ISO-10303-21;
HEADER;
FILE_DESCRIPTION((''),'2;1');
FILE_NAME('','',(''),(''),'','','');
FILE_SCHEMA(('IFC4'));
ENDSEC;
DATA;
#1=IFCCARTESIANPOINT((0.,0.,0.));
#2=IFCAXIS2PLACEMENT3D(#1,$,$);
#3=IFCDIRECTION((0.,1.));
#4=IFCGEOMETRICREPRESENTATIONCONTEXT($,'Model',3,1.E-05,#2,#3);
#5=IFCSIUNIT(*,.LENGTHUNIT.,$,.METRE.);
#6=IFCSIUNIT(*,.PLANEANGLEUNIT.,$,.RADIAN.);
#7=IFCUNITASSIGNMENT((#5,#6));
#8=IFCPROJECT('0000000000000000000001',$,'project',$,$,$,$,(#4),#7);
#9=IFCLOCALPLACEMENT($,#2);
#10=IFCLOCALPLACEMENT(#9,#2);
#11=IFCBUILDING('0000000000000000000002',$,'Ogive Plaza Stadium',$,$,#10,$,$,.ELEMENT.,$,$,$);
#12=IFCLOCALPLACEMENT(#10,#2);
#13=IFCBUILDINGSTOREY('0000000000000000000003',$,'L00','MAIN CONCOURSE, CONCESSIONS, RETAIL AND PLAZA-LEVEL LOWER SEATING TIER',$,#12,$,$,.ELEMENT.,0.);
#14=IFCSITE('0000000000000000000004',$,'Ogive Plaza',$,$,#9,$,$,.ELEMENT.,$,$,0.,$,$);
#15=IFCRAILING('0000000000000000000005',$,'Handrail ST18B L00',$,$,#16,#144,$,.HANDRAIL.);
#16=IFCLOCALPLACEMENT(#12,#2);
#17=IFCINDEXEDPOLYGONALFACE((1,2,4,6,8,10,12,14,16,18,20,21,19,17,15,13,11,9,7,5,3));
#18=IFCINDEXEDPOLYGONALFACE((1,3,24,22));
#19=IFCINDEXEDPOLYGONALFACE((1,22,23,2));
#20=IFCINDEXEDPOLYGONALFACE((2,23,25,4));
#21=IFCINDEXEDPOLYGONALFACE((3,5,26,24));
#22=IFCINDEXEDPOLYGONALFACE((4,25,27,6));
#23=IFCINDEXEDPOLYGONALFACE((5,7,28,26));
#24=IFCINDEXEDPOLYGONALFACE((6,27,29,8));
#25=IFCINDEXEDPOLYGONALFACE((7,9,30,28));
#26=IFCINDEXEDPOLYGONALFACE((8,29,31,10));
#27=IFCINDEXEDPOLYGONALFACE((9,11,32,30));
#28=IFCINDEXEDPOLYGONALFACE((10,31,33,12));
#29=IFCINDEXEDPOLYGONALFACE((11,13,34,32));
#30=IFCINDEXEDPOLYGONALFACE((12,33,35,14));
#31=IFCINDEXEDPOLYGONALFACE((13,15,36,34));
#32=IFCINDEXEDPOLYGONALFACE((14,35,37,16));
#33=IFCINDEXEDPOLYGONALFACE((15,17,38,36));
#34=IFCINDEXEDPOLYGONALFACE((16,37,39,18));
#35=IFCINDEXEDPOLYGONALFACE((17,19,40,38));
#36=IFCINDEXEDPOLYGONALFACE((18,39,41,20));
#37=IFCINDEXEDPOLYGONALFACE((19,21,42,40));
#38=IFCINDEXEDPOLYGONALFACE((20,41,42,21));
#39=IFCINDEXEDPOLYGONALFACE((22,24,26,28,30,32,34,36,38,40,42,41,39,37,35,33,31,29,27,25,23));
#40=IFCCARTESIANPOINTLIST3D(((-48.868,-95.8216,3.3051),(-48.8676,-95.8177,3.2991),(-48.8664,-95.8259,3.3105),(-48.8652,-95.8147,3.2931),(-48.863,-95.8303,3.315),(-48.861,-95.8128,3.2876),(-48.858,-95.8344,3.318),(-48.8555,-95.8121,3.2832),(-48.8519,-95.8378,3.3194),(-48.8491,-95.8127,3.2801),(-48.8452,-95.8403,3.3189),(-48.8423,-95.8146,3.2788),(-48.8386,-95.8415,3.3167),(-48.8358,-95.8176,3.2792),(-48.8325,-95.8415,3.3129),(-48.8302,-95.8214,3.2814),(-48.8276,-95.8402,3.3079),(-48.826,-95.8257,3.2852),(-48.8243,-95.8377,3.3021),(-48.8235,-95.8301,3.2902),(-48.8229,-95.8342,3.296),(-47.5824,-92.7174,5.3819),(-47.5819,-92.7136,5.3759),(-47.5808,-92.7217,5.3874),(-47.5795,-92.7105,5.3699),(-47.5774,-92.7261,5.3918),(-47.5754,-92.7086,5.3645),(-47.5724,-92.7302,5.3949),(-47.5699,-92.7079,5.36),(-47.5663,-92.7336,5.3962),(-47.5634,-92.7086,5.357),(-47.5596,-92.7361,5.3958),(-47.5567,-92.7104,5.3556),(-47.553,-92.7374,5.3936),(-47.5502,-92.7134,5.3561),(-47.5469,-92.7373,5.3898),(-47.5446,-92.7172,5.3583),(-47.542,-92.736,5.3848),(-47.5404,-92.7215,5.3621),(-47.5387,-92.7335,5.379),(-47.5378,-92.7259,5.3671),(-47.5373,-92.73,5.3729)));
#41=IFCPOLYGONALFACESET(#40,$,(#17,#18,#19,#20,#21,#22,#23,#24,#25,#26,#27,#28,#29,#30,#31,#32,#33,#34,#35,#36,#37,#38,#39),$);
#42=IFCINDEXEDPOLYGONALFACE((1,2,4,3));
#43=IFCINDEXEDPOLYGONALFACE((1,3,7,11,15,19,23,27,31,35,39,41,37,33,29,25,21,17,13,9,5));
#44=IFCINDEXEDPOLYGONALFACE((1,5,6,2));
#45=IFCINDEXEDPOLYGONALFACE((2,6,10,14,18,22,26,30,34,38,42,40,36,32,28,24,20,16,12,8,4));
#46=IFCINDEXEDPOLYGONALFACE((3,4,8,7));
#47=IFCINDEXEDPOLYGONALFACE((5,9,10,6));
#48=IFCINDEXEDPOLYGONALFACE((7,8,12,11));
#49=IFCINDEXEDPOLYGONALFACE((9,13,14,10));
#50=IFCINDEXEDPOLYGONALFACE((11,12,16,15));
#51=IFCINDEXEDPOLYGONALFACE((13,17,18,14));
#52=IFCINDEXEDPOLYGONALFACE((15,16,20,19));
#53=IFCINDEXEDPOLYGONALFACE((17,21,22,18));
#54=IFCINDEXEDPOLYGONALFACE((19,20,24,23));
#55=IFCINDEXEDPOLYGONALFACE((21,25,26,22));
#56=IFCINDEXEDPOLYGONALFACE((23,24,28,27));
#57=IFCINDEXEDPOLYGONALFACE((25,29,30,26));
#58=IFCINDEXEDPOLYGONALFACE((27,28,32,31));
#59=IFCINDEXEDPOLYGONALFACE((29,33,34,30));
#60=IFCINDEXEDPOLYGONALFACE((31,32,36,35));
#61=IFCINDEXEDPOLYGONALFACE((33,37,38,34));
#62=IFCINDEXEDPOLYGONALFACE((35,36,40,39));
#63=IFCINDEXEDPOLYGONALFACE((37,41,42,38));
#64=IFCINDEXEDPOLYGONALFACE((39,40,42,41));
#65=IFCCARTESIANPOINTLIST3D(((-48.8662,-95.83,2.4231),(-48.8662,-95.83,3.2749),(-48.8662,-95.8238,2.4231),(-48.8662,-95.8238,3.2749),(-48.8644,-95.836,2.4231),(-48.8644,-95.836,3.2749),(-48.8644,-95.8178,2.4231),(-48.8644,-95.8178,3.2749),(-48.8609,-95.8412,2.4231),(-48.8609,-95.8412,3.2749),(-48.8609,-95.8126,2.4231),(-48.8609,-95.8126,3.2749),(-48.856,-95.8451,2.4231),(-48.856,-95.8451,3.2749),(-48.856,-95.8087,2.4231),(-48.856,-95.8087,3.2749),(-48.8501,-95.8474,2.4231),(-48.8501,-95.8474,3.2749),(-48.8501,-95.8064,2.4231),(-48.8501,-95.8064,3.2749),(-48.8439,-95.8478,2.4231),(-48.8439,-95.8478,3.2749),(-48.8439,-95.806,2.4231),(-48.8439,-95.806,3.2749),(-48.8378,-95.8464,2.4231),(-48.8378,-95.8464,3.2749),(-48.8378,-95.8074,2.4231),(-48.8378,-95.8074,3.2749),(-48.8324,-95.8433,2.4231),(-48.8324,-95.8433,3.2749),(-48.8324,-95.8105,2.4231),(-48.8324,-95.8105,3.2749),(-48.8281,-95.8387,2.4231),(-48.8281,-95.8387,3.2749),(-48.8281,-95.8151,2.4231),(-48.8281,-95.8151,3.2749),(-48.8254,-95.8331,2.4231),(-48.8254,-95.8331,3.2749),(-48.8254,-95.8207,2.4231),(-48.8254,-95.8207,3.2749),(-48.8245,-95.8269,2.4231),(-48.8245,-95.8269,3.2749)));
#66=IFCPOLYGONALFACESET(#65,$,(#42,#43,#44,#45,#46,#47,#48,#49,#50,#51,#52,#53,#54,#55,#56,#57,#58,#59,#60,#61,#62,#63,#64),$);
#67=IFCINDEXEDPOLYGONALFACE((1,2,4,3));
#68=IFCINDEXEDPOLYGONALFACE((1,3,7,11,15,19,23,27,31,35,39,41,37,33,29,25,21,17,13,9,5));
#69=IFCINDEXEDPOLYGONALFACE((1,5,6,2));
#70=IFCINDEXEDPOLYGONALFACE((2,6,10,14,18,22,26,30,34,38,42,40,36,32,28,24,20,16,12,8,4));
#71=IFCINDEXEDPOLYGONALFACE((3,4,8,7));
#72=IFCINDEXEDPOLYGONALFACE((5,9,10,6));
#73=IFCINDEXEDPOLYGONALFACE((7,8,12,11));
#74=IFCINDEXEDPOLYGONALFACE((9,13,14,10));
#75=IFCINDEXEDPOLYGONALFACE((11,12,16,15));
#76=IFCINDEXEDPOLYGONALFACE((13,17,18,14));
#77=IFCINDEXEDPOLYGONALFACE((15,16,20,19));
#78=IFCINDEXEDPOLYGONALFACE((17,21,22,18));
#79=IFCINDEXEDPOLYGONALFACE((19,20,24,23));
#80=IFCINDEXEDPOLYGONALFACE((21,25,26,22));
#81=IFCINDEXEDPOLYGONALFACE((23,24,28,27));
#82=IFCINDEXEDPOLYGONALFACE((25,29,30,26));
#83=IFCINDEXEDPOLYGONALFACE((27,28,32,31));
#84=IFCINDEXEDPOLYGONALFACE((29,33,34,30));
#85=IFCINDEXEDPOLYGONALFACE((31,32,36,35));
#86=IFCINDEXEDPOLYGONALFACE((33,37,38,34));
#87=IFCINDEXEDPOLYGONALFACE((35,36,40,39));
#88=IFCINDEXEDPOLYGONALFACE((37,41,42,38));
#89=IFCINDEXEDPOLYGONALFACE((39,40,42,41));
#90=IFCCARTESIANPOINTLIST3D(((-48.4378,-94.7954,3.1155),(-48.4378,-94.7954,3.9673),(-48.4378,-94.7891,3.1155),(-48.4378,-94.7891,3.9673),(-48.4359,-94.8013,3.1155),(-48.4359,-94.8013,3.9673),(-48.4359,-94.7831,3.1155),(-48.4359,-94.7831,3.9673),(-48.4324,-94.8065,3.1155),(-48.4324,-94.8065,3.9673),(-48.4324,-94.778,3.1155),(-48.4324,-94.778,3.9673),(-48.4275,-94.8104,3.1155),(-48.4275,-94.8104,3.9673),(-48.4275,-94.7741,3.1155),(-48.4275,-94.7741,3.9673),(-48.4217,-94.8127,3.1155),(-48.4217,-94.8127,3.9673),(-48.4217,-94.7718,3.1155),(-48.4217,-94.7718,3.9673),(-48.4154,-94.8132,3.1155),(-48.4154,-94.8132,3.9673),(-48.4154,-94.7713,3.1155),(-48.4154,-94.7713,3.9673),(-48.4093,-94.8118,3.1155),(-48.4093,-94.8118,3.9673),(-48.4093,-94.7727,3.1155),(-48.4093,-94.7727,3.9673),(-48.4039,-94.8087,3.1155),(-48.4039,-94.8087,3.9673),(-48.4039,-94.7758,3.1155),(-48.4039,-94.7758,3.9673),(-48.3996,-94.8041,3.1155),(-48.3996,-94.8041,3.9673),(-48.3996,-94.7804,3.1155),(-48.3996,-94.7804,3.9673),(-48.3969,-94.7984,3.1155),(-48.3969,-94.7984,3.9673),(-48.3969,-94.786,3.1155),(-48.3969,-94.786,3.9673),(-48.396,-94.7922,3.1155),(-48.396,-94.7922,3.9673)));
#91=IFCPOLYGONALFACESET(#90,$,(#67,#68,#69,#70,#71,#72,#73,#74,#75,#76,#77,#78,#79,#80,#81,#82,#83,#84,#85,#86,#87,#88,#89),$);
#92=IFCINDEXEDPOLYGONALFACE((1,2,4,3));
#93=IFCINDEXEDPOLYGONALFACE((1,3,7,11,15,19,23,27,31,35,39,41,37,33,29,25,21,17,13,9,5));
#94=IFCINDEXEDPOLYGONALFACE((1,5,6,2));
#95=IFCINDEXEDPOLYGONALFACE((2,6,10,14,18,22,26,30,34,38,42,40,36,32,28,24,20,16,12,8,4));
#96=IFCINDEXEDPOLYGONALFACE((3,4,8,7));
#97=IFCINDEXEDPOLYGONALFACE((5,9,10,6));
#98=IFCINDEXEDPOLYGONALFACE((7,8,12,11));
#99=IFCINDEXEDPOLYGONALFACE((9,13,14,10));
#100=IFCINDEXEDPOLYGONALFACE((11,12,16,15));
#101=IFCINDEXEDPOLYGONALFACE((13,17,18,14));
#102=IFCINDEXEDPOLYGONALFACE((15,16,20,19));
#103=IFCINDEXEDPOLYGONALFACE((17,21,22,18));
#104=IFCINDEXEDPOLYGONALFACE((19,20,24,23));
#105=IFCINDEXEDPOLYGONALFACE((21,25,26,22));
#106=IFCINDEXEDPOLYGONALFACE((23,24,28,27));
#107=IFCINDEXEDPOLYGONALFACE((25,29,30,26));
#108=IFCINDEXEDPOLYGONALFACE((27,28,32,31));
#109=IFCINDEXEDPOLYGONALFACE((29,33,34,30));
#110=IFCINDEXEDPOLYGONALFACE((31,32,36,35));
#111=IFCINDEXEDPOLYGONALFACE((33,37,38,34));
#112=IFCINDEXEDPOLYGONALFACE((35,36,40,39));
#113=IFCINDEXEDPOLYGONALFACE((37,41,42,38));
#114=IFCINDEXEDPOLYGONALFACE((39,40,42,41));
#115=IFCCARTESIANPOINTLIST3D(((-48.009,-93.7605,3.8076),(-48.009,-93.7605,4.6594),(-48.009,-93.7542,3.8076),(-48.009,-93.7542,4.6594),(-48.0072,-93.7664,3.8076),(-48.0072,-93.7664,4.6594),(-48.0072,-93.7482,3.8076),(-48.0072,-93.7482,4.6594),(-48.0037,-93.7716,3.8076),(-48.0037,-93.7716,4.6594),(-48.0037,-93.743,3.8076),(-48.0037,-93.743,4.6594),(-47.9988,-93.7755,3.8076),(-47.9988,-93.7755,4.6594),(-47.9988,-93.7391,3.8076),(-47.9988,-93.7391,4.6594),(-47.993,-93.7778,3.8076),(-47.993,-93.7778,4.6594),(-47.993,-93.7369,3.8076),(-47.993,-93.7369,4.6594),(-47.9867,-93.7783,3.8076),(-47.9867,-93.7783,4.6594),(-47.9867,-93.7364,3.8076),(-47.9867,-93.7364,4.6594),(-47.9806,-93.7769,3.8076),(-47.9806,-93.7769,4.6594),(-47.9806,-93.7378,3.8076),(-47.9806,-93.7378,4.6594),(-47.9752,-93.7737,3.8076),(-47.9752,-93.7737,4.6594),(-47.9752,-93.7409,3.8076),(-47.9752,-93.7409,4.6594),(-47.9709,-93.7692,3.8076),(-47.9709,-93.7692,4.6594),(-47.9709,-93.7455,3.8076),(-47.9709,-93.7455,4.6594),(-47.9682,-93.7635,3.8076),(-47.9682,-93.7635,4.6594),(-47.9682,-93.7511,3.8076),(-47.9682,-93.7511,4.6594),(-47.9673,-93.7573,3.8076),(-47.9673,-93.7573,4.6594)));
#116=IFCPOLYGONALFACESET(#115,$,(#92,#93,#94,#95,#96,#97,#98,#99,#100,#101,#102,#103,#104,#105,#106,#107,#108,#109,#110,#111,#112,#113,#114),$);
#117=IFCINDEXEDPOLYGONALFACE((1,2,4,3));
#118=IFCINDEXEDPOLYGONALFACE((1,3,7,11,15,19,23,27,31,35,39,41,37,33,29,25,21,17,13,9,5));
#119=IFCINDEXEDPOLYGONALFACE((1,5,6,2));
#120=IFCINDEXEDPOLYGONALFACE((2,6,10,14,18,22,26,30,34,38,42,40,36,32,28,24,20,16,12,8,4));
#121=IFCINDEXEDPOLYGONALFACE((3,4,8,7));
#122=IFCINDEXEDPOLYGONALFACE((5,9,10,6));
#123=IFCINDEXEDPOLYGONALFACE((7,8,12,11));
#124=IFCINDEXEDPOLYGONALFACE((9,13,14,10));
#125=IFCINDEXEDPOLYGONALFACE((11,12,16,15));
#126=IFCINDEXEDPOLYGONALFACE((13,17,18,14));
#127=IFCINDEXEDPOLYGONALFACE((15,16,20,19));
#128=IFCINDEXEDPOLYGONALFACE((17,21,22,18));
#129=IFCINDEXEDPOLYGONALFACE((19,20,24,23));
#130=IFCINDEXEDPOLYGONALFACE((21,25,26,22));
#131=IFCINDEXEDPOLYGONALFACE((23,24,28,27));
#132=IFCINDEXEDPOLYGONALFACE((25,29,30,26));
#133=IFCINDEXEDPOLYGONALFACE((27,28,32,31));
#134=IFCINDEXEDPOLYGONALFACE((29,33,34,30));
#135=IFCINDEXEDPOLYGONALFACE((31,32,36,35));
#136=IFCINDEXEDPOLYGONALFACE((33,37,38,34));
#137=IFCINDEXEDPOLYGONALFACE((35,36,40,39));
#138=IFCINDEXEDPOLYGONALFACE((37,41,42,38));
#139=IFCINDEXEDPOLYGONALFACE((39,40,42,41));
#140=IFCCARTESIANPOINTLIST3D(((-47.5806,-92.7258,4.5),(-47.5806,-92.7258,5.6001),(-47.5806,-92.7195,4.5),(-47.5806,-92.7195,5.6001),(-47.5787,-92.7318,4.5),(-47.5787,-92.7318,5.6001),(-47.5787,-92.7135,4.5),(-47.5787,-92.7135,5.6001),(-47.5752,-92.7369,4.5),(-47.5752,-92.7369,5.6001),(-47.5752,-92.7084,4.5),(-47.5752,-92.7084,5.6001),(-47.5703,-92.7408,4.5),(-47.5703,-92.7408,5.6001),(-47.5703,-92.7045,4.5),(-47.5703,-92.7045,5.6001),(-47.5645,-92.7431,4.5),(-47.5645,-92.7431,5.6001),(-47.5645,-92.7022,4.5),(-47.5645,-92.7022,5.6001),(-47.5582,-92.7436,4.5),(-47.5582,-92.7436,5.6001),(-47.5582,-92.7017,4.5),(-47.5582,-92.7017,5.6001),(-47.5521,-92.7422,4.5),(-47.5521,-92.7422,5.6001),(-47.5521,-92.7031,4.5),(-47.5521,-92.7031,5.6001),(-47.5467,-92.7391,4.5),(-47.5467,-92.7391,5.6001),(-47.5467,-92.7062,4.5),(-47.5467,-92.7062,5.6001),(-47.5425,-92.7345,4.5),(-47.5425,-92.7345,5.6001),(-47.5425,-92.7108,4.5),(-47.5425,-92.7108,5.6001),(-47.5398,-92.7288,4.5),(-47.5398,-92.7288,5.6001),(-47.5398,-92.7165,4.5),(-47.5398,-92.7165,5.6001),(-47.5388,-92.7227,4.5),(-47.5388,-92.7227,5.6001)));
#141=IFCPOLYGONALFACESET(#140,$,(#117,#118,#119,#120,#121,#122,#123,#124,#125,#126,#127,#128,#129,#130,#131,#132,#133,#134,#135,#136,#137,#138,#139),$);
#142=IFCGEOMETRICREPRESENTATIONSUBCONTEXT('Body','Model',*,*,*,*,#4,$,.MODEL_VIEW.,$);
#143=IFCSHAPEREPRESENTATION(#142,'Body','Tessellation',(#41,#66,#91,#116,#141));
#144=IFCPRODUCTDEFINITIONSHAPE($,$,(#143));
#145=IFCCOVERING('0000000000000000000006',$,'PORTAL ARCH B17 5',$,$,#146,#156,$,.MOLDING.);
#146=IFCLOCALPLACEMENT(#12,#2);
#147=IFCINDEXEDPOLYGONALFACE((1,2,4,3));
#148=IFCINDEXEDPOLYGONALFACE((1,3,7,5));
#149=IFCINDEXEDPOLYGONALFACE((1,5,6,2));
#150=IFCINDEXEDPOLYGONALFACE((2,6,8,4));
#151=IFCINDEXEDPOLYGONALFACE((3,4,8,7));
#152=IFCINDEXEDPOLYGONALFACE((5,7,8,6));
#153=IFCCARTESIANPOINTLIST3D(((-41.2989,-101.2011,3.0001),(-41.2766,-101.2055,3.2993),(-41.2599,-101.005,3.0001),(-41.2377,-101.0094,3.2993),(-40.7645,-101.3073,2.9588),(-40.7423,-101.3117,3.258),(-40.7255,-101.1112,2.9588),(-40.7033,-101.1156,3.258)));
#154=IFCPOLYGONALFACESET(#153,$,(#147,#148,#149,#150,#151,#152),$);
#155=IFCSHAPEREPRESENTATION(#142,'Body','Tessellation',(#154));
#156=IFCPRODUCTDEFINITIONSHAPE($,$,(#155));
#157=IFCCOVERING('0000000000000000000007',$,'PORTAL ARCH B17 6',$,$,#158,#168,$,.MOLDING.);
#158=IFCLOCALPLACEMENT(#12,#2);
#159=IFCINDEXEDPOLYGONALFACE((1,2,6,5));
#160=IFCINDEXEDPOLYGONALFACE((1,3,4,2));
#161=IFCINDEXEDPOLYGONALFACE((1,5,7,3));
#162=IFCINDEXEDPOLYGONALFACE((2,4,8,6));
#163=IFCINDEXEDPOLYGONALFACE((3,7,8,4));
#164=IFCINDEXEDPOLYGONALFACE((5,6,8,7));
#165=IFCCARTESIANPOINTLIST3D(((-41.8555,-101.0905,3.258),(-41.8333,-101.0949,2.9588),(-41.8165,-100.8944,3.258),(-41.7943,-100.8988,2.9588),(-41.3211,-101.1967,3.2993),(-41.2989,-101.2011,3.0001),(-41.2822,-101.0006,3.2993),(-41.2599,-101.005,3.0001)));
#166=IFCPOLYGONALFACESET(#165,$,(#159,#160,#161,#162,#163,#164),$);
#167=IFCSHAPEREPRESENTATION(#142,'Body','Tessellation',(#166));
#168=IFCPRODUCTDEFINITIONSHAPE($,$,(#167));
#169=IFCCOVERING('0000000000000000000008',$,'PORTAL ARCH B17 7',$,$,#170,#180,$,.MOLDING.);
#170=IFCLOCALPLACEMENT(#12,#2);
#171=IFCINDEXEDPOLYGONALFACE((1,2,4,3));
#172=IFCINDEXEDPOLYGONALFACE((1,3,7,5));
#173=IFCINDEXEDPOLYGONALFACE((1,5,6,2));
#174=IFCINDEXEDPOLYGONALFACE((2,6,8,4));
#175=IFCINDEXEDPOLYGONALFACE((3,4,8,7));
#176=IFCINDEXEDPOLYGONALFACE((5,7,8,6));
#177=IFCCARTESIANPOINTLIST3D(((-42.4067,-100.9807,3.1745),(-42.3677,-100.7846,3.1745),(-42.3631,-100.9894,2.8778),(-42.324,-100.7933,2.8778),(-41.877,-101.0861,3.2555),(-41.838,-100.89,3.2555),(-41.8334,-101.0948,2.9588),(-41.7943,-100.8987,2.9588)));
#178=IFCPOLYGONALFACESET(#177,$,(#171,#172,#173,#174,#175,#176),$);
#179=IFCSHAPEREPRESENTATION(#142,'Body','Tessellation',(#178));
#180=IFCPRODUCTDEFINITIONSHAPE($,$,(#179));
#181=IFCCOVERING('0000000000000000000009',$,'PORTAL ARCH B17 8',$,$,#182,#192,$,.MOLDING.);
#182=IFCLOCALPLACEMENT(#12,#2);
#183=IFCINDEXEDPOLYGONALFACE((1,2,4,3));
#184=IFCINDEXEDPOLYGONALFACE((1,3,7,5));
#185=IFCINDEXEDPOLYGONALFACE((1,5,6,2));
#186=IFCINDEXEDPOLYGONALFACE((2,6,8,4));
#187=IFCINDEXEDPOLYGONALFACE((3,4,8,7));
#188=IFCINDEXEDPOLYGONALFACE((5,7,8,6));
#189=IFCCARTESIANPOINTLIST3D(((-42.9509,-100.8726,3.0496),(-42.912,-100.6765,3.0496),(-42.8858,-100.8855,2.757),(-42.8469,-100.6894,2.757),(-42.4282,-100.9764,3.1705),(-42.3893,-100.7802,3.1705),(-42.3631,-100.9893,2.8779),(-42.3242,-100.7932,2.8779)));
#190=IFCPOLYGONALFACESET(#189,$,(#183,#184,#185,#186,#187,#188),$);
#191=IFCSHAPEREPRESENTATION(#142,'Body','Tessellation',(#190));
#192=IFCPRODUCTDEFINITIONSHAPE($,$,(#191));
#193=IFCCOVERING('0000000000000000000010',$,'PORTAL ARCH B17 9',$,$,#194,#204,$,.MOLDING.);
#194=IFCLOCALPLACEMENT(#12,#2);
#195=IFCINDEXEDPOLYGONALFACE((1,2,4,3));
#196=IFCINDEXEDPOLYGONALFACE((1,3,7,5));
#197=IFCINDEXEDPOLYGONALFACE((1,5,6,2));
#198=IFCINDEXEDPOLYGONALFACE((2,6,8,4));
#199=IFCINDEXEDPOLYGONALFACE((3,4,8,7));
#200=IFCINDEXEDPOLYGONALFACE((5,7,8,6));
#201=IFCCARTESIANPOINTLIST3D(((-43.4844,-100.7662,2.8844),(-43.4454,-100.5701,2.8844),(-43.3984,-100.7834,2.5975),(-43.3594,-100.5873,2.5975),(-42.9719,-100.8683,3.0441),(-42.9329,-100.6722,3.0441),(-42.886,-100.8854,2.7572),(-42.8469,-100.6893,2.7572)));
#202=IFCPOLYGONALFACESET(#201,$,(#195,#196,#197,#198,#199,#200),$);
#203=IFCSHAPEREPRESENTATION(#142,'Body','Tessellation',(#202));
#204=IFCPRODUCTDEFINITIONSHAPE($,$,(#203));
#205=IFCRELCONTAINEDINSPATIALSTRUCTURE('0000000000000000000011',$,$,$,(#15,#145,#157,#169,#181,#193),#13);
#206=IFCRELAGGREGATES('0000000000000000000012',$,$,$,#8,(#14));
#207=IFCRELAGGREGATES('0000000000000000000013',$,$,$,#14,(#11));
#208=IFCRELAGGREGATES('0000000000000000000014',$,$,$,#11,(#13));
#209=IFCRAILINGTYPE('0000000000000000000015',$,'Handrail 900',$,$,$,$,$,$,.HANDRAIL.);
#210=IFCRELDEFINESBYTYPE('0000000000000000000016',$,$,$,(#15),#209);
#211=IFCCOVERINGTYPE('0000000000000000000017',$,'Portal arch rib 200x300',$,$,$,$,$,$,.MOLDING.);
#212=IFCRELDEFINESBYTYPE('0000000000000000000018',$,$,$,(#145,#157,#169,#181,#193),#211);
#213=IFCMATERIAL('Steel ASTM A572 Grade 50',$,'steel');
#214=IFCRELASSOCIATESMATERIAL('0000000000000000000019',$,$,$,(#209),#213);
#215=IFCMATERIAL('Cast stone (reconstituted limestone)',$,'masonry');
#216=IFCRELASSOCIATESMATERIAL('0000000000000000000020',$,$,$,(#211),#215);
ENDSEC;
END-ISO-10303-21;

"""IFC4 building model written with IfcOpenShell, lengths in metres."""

from ifc_helpers import new_model, si_unit, direction, frame, origin, origin_2d, place, context, subcontext, project, spatial, rectangle, circle, extrude, material, material_profile, profile_set, type_object, element, save


model = new_model("IFC4")

# Units and contexts
model_context = context("Model", 3, precision=1e-05, world=origin(), true_north=direction((0.0, 1.0)))
body_context = subcontext(model_context, "Body", "Model", "MODEL_VIEW")
ifc_project = project(units=[si_unit("LENGTHUNIT", "METRE"), si_unit("PLANEANGLEUNIT", "RADIAN")], contexts=[model_context])

# Site, building, storey
site_placement = place(None, origin())
site = spatial("IfcSite", under=ifc_project, at=site_placement, Name="Ogive Plaza", CompositionType="ELEMENT", RefElevation=0.0)
building_placement = place(site_placement, origin())
building = spatial("IfcBuilding", under=site, at=building_placement, Name="Ogive Plaza Stadium", CompositionType="ELEMENT")
storey_placement = place(building_placement, origin())
storey = spatial("IfcBuildingStorey", under=building, at=storey_placement, Name="L00", Description="MAIN CONCOURSE, CONCESSIONS, RETAIL AND PLAZA-LEVEL LOWER SEATING TIER", CompositionType="ELEMENT", Elevation=0.0)

# Railing
ifc_material_1 = material(Name="Steel ASTM A572 Grade 50", Category="steel")
railing_type_1 = type_object("IfcRailingType", Name="Handrail 900", PredefinedType="HANDRAIL", material=ifc_material_1)
railing_1_placement = place(storey_placement, frame((-48.8455, -95.8269, 2.4231)))
element("IfcRailing", 1, at=railing_1_placement, inside=storey, type_object=railing_type_1, Name="Handrail ST18B L00", PredefinedType="HANDRAIL", context=body_context, shape_type="SweptSolid", body=[
    extrude(circle(Radius=0.0239, at=origin_2d()), frame((0.0, 0.0, 0.876), z_axis=(0.325477, 0.785879, 0.525794), x_axis=(-0.923898, 0.382638, 0.0)), (0.0, 0.0, 1.0), 3.95),
    extrude(circle(Radius=0.021, at=origin_2d()), origin(), (0.0, 0.0, 1.0), 0.8518),
    extrude(circle(Radius=0.021, at=origin_2d()), frame((0.4285, 1.0347, 0.6924)), (0.0, 0.0, 1.0), 0.8518),
    extrude(circle(Radius=0.021, at=origin_2d()), frame((0.8572, 2.0696, 1.3845)), (0.0, 0.0, 1.0), 0.8518),
    extrude(circle(Radius=0.021, at=origin_2d()), frame((1.2856, 3.1042, 2.0769)), (0.0, 0.0, 1.0), 1.1001),
])

# Coverings
ifc_material_2 = material(Name="Cast stone (reconstituted limestone)", Category="masonry")
ifc_material_profile_1 = material_profile(ifc_material_2, rectangle(XDim=0.2, YDim=0.3, at=origin_2d()), Name="Cast stone 200x300")
ifc_profile_set_1 = profile_set([ifc_material_profile_1], Name="Cast stone (reconstituted limestone)")
covering_type = type_object("IfcCoveringType", Name="Portal arch rib 200x300", PredefinedType="MOLDING", material=ifc_profile_set_1)
for number, where, z_axis, x_axis, name in (
    (2, (-40.7339, -101.2114, 3.1084), (-0.978021, 0.194353, 0.075507), (-0.19491, -0.980821, 0.0), "PORTAL ARCH B17 5"),
    (3, (-41.2905, -101.1008, 3.1497), (-0.978021, 0.194353, -0.075507), (-0.19491, -0.980821, 0.0), "PORTAL ARCH B17 6"),
):
    element("IfcCovering", number, at=place(storey_placement, frame(where, z_axis=z_axis, x_axis=x_axis)), inside=storey, type_object=covering_type, Name=name, PredefinedType="MOLDING", context=body_context, shape_type="SweptSolid", body=[
        extrude(rectangle(XDim=0.2, YDim=0.3, at=origin_2d()), origin(), (0.0, 0.0, 1.0), 0.5464),
    ])
covering_1_placement = place(storey_placement, frame((-41.8357, -100.9924, 3.1072), z_axis=(-0.969896, 0.193085, -0.14839), x_axis=(-0.195247, -0.980754, 0.0)))
element("IfcCovering", 4, at=covering_1_placement, inside=storey, type_object=covering_type, Name="PORTAL ARCH B17 7", PredefinedType="MOLDING", context=body_context, shape_type="SweptSolid", body=[
    extrude(rectangle(XDim=0.2, YDim=0.3, at=origin_2d()), origin(), (0.0, 0.0, 1.0), 0.5461),
])
for number, where, z_axis, x_axis, name in (
    (5, (-42.3762, -100.8848, 3.0242), (-0.956573, 0.189885, -0.22116), (-0.194706, -0.980862, 0.0), "PORTAL ARCH B17 8"),
    (6, (-42.9094, -100.7788, 2.9006), (-0.937929, 0.186781, -0.292237), (-0.195307, -0.980742, 0.0), "PORTAL ARCH B17 9"),
):
    element("IfcCovering", number, at=place(storey_placement, frame(where, z_axis=z_axis, x_axis=x_axis)), inside=storey, type_object=covering_type, Name=name, PredefinedType="MOLDING", context=body_context, shape_type="SweptSolid", body=[
        extrude(rectangle(XDim=0.2, YDim=0.3, at=origin_2d()), origin(), (0.0, 0.0, 1.0), 0.5464),
    ])

save(model, "model.ifc")
